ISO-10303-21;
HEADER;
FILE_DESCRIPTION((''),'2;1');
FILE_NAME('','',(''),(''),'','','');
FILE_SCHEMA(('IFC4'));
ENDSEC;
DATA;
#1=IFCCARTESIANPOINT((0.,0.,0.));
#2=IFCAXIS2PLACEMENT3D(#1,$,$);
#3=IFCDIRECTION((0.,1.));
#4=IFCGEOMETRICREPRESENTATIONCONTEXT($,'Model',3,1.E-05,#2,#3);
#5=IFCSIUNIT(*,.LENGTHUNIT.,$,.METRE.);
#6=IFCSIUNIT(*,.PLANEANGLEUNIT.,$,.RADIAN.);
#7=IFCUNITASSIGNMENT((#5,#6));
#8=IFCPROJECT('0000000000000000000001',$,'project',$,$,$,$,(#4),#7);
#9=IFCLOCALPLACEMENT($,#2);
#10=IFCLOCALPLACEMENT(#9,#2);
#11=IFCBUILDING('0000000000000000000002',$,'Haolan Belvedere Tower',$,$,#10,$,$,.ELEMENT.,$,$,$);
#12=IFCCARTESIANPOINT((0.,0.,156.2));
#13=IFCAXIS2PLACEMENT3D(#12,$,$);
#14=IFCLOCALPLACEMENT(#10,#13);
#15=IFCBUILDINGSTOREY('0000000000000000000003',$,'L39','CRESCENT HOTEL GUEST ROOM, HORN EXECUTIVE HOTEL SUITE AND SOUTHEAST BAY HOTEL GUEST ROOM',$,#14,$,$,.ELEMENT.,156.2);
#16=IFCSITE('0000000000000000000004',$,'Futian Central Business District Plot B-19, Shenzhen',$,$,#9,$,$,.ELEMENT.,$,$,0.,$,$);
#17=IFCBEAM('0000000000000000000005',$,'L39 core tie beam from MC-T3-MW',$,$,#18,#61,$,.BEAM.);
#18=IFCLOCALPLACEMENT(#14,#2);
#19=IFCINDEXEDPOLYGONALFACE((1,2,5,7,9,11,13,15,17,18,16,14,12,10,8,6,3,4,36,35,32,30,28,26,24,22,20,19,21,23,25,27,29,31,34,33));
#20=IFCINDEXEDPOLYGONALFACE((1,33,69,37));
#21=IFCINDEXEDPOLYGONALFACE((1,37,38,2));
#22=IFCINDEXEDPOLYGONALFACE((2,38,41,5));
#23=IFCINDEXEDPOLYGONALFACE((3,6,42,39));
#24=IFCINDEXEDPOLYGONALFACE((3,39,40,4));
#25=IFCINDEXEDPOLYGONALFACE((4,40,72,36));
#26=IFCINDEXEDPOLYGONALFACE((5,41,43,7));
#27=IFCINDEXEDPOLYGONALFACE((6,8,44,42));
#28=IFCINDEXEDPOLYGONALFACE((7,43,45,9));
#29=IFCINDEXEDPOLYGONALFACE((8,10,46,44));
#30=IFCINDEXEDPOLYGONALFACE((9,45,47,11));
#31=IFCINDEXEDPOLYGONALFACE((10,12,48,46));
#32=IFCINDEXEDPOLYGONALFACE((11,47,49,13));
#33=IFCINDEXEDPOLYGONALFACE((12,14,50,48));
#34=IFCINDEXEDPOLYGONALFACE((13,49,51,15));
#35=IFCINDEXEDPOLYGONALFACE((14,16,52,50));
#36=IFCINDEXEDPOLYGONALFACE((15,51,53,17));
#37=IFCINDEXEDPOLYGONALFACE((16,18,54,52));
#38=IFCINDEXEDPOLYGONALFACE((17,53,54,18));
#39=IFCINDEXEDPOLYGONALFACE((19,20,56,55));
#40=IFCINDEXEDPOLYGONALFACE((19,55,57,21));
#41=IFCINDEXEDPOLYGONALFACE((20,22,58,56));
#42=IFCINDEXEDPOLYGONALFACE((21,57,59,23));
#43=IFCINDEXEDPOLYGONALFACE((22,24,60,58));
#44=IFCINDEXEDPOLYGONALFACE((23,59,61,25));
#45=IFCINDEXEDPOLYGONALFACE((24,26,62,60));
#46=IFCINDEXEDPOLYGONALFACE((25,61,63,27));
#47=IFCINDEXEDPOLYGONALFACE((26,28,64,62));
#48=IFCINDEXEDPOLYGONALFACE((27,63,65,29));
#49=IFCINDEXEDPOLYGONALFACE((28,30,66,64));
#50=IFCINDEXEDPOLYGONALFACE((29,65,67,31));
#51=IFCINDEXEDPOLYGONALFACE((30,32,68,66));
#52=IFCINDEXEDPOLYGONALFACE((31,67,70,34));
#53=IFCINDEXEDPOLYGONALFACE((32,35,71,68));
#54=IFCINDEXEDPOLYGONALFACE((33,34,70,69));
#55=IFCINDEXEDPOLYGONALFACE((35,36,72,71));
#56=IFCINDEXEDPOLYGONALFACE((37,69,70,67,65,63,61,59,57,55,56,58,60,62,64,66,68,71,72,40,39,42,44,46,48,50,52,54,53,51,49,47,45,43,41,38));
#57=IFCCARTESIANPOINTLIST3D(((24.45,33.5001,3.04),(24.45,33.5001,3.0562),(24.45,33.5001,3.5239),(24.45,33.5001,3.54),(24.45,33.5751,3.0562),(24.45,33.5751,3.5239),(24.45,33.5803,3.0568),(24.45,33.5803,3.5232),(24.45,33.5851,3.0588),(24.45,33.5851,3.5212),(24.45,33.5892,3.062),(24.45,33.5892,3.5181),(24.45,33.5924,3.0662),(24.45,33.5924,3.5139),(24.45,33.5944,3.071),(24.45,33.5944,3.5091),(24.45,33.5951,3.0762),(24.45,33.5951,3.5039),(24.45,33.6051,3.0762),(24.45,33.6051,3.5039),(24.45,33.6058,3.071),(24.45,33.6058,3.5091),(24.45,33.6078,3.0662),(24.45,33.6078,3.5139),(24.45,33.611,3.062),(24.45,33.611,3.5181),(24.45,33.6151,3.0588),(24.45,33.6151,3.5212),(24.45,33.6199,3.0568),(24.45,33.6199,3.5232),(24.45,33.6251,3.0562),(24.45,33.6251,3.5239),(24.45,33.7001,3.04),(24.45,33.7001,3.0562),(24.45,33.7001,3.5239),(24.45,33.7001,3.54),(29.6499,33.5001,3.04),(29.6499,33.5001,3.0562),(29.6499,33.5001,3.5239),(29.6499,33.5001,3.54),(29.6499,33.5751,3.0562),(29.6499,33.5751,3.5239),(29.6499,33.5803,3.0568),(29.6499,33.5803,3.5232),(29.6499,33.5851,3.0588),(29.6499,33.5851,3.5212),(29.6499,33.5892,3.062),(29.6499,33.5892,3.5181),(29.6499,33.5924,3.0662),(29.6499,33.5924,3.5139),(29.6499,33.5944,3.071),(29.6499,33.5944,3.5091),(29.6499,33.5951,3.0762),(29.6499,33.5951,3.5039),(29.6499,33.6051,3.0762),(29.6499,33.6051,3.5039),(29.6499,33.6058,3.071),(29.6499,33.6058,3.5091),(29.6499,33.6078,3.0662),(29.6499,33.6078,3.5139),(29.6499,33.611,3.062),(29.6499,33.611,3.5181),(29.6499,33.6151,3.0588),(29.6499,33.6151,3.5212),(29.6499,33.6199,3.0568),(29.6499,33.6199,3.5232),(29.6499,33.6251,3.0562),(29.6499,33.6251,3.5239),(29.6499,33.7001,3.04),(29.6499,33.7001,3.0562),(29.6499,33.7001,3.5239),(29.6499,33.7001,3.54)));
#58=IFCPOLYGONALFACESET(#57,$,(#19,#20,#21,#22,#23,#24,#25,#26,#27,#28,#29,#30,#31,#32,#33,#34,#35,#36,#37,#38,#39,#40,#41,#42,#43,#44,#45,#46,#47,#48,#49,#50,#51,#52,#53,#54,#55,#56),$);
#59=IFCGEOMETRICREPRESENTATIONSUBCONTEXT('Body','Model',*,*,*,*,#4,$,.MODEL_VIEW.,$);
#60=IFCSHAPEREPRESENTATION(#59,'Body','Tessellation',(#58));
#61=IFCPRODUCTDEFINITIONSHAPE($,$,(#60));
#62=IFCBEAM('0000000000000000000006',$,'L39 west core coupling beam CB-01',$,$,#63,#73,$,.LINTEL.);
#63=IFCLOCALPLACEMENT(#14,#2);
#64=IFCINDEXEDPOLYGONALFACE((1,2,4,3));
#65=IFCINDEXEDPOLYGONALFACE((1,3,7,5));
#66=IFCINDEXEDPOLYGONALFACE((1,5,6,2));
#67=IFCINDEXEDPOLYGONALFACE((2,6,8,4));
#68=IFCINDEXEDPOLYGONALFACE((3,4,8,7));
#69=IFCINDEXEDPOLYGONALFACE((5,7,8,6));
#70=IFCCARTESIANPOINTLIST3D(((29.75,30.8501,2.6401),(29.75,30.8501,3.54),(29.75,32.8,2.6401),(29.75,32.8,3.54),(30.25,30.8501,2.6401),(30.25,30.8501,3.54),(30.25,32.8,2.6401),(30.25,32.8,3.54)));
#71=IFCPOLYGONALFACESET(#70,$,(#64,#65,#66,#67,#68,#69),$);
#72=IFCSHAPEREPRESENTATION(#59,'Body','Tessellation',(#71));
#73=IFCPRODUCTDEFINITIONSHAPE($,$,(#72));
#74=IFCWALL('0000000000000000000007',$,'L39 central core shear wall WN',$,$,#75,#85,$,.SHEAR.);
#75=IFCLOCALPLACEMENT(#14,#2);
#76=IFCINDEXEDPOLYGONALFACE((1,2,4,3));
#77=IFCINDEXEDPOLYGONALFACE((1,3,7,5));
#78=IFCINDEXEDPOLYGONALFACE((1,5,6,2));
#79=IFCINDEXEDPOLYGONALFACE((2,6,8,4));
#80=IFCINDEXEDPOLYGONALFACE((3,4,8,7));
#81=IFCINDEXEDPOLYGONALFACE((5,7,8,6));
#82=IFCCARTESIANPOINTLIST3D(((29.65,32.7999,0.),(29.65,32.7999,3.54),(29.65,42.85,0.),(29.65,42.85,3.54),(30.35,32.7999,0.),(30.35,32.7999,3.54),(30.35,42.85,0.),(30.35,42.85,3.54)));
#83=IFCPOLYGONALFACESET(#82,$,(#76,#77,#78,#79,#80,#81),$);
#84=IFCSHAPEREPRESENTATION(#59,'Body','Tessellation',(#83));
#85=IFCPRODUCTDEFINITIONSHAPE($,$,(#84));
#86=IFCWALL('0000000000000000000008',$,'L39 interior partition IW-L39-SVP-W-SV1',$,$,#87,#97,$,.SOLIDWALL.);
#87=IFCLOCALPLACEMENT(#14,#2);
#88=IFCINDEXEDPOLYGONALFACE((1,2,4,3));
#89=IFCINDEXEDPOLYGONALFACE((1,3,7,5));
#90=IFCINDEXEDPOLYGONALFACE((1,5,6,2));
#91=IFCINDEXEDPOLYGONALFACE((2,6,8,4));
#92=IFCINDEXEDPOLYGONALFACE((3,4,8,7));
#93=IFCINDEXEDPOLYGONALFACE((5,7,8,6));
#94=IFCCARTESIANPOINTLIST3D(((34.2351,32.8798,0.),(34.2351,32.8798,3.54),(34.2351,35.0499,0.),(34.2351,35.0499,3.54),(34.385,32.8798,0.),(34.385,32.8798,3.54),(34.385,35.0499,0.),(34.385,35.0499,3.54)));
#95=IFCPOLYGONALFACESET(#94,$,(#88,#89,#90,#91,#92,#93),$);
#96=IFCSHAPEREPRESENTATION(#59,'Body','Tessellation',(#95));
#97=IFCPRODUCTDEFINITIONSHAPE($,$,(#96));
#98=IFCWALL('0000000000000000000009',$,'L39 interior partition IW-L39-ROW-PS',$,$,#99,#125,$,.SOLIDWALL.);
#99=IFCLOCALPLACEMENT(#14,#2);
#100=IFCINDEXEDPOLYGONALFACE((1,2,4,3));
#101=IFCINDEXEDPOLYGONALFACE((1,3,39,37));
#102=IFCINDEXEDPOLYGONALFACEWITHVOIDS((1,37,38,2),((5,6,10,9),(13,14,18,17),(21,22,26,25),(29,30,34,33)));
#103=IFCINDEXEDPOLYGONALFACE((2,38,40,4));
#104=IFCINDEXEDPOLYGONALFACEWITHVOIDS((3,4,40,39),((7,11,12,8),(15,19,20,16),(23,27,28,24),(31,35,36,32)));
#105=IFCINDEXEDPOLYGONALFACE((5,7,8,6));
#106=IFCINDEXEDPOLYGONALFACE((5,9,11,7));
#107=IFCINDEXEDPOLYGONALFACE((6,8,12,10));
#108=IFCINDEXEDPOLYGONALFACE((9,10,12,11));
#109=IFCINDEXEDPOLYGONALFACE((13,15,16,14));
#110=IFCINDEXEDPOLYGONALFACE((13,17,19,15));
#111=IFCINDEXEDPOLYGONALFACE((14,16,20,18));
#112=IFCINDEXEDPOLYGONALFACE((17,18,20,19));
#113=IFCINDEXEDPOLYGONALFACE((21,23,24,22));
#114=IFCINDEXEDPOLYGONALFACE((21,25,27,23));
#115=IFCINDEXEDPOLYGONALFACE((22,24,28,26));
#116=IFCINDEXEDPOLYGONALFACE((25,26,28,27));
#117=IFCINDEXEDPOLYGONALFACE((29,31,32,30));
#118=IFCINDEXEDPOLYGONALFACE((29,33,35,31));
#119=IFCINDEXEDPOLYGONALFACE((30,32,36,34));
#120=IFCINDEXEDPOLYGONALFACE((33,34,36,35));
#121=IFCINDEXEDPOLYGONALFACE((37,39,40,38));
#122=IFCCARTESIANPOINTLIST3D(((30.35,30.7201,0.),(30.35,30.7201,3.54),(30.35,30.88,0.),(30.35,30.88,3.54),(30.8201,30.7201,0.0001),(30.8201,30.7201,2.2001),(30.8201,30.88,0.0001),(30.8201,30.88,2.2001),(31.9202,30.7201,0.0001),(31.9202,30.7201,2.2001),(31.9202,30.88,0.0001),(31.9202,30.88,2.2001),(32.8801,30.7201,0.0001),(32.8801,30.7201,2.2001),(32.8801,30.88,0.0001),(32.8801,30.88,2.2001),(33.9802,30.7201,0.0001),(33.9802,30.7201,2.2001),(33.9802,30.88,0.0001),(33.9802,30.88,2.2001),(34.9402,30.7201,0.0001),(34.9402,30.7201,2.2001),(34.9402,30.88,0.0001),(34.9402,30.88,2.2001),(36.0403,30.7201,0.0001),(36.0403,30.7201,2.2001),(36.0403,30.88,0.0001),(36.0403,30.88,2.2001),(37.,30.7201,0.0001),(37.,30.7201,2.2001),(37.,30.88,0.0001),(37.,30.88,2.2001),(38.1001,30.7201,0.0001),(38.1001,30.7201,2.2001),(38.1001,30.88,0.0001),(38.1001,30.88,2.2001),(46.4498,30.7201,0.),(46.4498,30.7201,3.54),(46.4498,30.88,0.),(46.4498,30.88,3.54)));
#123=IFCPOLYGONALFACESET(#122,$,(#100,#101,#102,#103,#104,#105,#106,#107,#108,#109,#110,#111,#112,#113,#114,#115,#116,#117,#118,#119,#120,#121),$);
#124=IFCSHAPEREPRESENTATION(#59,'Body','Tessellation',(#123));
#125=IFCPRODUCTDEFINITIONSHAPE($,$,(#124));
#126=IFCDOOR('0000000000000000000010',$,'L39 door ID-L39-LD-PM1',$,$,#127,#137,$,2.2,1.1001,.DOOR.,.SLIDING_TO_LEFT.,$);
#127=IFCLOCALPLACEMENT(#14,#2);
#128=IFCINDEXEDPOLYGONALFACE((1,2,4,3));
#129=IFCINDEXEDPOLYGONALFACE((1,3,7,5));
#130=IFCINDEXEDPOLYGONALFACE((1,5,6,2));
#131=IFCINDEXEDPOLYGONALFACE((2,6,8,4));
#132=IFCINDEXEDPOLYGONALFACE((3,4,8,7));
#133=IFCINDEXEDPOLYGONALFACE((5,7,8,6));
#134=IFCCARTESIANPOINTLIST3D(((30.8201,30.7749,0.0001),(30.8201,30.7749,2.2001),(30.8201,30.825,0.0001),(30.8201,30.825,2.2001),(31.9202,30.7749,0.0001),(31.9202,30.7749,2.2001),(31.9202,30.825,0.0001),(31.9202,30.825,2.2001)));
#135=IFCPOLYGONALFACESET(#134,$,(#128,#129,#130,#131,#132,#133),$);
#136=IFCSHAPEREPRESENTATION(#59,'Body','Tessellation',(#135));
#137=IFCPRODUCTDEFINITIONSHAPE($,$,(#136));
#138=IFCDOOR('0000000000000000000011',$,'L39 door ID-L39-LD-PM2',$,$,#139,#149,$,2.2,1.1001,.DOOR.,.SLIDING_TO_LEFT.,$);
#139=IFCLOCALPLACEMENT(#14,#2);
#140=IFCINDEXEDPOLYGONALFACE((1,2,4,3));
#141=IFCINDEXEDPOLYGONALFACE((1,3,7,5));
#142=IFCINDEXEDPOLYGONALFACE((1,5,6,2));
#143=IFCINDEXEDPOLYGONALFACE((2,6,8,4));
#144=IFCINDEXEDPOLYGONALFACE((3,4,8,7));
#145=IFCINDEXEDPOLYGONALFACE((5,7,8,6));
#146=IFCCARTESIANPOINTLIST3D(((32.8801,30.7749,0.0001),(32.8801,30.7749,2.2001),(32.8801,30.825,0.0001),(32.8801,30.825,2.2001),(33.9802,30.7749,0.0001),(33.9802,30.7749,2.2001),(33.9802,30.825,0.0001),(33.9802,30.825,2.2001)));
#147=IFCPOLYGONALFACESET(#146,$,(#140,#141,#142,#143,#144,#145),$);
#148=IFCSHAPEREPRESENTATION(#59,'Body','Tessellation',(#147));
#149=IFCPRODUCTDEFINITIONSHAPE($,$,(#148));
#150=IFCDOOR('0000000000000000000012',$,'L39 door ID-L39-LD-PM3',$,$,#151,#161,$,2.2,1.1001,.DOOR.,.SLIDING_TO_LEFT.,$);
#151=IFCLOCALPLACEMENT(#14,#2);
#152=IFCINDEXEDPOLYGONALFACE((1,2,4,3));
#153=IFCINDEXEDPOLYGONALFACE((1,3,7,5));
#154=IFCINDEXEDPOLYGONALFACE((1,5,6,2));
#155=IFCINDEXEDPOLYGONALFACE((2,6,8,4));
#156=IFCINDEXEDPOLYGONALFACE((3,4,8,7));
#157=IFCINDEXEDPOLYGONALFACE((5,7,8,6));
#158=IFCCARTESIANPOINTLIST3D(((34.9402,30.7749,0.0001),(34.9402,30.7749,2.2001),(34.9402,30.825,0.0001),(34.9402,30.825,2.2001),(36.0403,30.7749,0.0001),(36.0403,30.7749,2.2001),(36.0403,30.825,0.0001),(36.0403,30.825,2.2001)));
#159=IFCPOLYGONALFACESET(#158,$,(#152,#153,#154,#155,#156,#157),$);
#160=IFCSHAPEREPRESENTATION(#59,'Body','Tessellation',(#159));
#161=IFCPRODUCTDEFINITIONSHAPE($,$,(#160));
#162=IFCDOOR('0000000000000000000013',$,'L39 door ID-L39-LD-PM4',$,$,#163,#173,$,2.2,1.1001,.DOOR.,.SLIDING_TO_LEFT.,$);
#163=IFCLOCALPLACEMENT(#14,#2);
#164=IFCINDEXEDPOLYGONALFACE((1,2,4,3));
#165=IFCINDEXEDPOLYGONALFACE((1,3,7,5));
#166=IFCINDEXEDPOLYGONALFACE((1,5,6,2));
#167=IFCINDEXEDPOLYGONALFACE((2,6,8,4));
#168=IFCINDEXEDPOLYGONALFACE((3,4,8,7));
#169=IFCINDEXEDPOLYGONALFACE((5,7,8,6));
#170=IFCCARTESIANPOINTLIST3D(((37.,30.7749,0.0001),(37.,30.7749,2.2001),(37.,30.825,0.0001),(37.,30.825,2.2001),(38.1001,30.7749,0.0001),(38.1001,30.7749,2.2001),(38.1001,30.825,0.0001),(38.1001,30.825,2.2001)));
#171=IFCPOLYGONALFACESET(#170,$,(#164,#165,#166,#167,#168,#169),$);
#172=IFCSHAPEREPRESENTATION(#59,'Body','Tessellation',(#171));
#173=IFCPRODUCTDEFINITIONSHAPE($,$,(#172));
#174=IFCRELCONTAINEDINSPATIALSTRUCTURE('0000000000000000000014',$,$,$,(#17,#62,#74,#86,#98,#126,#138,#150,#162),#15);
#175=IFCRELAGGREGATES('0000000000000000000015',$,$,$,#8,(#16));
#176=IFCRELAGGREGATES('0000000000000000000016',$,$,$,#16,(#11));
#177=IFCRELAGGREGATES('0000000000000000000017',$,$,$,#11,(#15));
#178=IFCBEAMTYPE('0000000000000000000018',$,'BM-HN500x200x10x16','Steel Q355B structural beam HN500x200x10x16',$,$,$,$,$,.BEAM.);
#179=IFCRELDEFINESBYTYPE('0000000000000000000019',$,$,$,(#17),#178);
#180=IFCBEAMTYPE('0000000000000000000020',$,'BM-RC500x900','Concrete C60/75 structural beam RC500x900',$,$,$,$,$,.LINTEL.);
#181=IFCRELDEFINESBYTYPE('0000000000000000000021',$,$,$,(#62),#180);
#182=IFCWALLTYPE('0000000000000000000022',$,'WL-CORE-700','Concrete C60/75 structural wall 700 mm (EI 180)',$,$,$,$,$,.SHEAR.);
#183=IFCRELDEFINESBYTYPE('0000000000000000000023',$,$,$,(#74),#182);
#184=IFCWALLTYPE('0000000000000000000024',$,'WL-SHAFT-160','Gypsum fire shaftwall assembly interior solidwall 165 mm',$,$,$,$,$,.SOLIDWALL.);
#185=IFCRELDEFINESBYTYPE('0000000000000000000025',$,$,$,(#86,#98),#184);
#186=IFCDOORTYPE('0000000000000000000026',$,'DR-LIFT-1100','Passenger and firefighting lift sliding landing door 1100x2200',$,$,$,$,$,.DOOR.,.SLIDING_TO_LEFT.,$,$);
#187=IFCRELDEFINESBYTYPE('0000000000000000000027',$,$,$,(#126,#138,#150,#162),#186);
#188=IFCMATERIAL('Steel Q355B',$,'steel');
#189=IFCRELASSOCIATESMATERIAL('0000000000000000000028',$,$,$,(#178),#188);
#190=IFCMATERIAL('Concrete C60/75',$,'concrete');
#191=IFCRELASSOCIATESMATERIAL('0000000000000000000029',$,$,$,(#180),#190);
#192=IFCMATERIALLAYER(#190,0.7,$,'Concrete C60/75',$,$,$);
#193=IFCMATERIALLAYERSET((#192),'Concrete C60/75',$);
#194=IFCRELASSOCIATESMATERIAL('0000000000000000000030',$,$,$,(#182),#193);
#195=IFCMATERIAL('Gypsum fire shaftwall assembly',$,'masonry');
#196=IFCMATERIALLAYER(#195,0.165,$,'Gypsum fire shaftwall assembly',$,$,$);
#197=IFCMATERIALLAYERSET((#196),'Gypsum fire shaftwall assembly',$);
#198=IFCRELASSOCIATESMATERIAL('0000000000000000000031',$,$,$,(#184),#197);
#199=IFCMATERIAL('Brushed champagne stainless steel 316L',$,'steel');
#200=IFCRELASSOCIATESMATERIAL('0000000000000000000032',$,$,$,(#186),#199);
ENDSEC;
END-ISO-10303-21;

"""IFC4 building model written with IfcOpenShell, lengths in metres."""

from ifc_helpers import new_model, si_unit, direction, frame, frame_2d, origin, origin_2d, place, context, subcontext, project, spatial, rectangle, i_section, extrude, material, layer, layer_set, material_profile, profile_set, type_object, element, fill, save


model = new_model("IFC4")

# Units and contexts
model_context = context("Model", 3, precision=1e-05, world=origin(), true_north=direction((0.0, 1.0)))
body_context = subcontext(model_context, "Body", "Model", "MODEL_VIEW")
ifc_project = project(units=[si_unit("LENGTHUNIT", "METRE"), si_unit("PLANEANGLEUNIT", "RADIAN")], contexts=[model_context])

# Site, building, storey
site_placement = place(None, origin())
site = spatial("IfcSite", under=ifc_project, at=site_placement, Name="Futian Central Business District Plot B-19, Shenzhen", CompositionType="ELEMENT", RefElevation=0.0)
building_placement = place(site_placement, origin())
building = spatial("IfcBuilding", under=site, at=building_placement, Name="Haolan Belvedere Tower", CompositionType="ELEMENT")
storey_placement = place(building_placement, frame((0.0, 0.0, 156.2)))
storey = spatial("IfcBuildingStorey", under=building, at=storey_placement, Name="L39", Description="CRESCENT HOTEL GUEST ROOM, HORN EXECUTIVE HOTEL SUITE AND SOUTHEAST BAY HOTEL GUEST ROOM", CompositionType="ELEMENT", Elevation=156.2)

# Beams
ifc_material_1 = material(Name="Steel Q355B", Category="steel")
ifc_material_profile_1 = material_profile(ifc_material_1, i_section(OverallWidth=0.2, OverallDepth=0.5, WebThickness=0.01, FlangeThickness=0.0161, FilletRadius=0.02, at=origin_2d()), Name="Steel Q355B")
ifc_profile_set_1 = profile_set([ifc_material_profile_1], Name="Steel Q355B")
beam_type_1 = type_object("IfcBeamType", Name="BM-HN500x200x10x16", Description="Steel Q355B structural beam HN500x200x10x16", PredefinedType="BEAM", material=ifc_profile_set_1)
beam_1_placement = place(storey_placement, frame((24.45, 33.6001, 3.29), z_axis=(1.0, 0.0, 0.0), x_axis=(0.0, 1.0, 0.0)))
element("IfcBeam", 1, at=beam_1_placement, inside=storey, type_object=beam_type_1, Name="L39 core tie beam from MC-T3-MW", PredefinedType="BEAM", context=body_context, shape_type="SweptSolid", body=[
    extrude(i_section(OverallWidth=0.2, OverallDepth=0.5, WebThickness=0.01, FlangeThickness=0.0161, FilletRadius=0.02, at=origin_2d()), origin(), (0.0, 0.0, 1.0), 5.2),
])
ifc_material_2 = material(Name="Concrete C60/75", Category="concrete")
ifc_material_profile_2 = material_profile(ifc_material_2, rectangle(XDim=0.5, YDim=0.8999, at=origin_2d()), Name="Concrete C60/75")
ifc_profile_set_2 = profile_set([ifc_material_profile_2], Name="Concrete C60/75")
beam_type_2 = type_object("IfcBeamType", Name="BM-RC500x900", Description="Concrete C60/75 structural beam RC500x900", PredefinedType="LINTEL", material=ifc_profile_set_2)
beam_2_placement = place(storey_placement, frame((30.0, 30.8501, 3.0901), z_axis=(0.0, 1.0, 0.0), x_axis=(-1.0, 0.0, 0.0)))
element("IfcBeam", 2, at=beam_2_placement, inside=storey, type_object=beam_type_2, Name="L39 west core coupling beam CB-01", PredefinedType="LINTEL", context=body_context, shape_type="SweptSolid", body=[
    extrude(rectangle(XDim=0.5, YDim=0.8999, at=origin_2d()), origin(), (0.0, 0.0, 1.0), 1.95),
])

# Wall
ifc_layer_1 = layer(ifc_material_2, 0.7, Name="Concrete C60/75")
ifc_layer_set_1 = layer_set([ifc_layer_1], Name="Concrete C60/75")
wall_type_1 = type_object("IfcWallType", Name="WL-CORE-700", Description="Concrete C60/75 structural wall 700 mm (EI 180)", PredefinedType="SHEAR", material=ifc_layer_set_1)
wall_1_placement = place(storey_placement, frame((30.0, 32.8, 0.0), z_axis=(0.0, 0.0, 1.0), x_axis=(0.0, 1.0, 0.0)))
element("IfcWall", 3, at=wall_1_placement, inside=storey, type_object=wall_type_1, Name="L39 central core shear wall WN", PredefinedType="SHEAR", context=body_context, shape_type="SweptSolid", body=[
    extrude(rectangle(XDim=10.05, YDim=0.7, at=frame_2d((5.0249, 0.0))), origin(), (0.0, 0.0, 1.0), 3.54),
])

# Wall
ifc_material_3 = material(Name="Gypsum fire shaftwall assembly", Category="masonry")
ifc_layer_2 = layer(ifc_material_3, 0.165, Name="Gypsum fire shaftwall assembly")
ifc_layer_set_2 = layer_set([ifc_layer_2], Name="Gypsum fire shaftwall assembly")
wall_type_2 = type_object("IfcWallType", Name="WL-SHAFT-160", Description="Gypsum fire shaftwall assembly interior solidwall 165 mm", PredefinedType="SOLIDWALL", material=ifc_layer_set_2)
wall_2_placement = place(storey_placement, frame((34.3101, 32.8799, 0.0), z_axis=(0.0, 0.0, 1.0), x_axis=(0.0, 1.0, 0.0)))
element("IfcWall", 4, at=wall_2_placement, inside=storey, type_object=wall_type_2, Name="L39 interior partition IW-L39-SVP-W-SV1", PredefinedType="SOLIDWALL", context=body_context, shape_type="SweptSolid", body=[
    extrude(rectangle(XDim=2.1702, YDim=0.1499, at=frame_2d((1.085, 0.0))), origin(), (0.0, 0.0, 1.0), 3.54),
])

# Wall, openings, doors
wall_3_placement = place(storey_placement, frame((30.3501, 30.8, 0.0), z_axis=(0.0, 0.0, 1.0), x_axis=(1.0, 0.0, 0.0)))
wall_3 = element("IfcWall", 5, at=wall_3_placement, inside=storey, type_object=wall_type_2, Name="L39 interior partition IW-L39-ROW-PS", PredefinedType="SOLIDWALL", context=body_context, shape_type="SweptSolid", body=[
    extrude(rectangle(XDim=16.0999, YDim=0.1599, at=frame_2d((8.0498, 0.0))), origin(), (0.0, 0.0, 1.0), 3.54),
])
opening_1_placement = place(wall_3_placement, frame((0.47, 0.0, 0.0)))
opening_1 = element("IfcOpeningElement", 6, at=opening_1_placement, cuts=wall_3, PredefinedType="OPENING", context=body_context, shape_type="SweptSolid", body=[
    extrude(rectangle(XDim=1.1001, YDim=2.2, at=frame_2d((0.55, 1.1001))), frame((0.0, 0.0898, 0.0), z_axis=(0.0, -1.0, 0.0), x_axis=(1.0, 0.0, 0.0)), (0.0, 0.0, 1.0), 0.1799),
])
opening_2_placement = place(wall_3_placement, frame((2.53, 0.0, 0.0)))
opening_2 = element("IfcOpeningElement", 7, at=opening_2_placement, cuts=wall_3, PredefinedType="OPENING", context=body_context, shape_type="SweptSolid", body=[
    extrude(rectangle(XDim=1.1001, YDim=2.2, at=frame_2d((0.55, 1.1001))), frame((0.0, 0.0898, 0.0), z_axis=(0.0, -1.0, 0.0), x_axis=(1.0, 0.0, 0.0)), (0.0, 0.0, 1.0), 0.1799),
])
opening_3_placement = place(wall_3_placement, frame((4.5901, 0.0, 0.0)))
opening_3 = element("IfcOpeningElement", 8, at=opening_3_placement, cuts=wall_3, PredefinedType="OPENING", context=body_context, shape_type="SweptSolid", body=[
    extrude(rectangle(XDim=1.1001, YDim=2.2, at=frame_2d((0.55, 1.1001))), frame((0.0, 0.0898, 0.0), z_axis=(0.0, -1.0, 0.0), x_axis=(1.0, 0.0, 0.0)), (0.0, 0.0, 1.0), 0.1799),
])
opening_4_placement = place(wall_3_placement, frame((6.6499, 0.0, 0.0)))
opening_4 = element("IfcOpeningElement", 9, at=opening_4_placement, cuts=wall_3, PredefinedType="OPENING", context=body_context, shape_type="SweptSolid", body=[
    extrude(rectangle(XDim=1.1001, YDim=2.2, at=frame_2d((0.55, 1.1001))), frame((0.0, 0.0898, 0.0), z_axis=(0.0, -1.0, 0.0), x_axis=(1.0, 0.0, 0.0)), (0.0, 0.0, 1.0), 0.1799),
])
ifc_material_4 = material(Name="Brushed champagne stainless steel 316L", Category="steel")
door_type_1 = type_object("IfcDoorType", Name="DR-LIFT-1100", Description="Passenger and firefighting lift sliding landing door 1100x2200", OperationType="SLIDING_TO_LEFT", PredefinedType="DOOR", material=ifc_material_4)
door_1_placement = place(opening_1_placement, origin())
door_1 = element("IfcDoor", 10, at=door_1_placement, inside=storey, type_object=door_type_1, Name="L39 door ID-L39-LD-PM1", OperationType="SLIDING_TO_LEFT", OverallHeight=2.2, OverallWidth=1.1001, PredefinedType="DOOR", context=body_context, shape_type="SweptSolid", body=[
    extrude(rectangle(XDim=1.1001, YDim=2.2, at=frame_2d((0.55, 1.1001))), frame((0.0, 0.0249, 0.0), z_axis=(0.0, -1.0, 0.0), x_axis=(1.0, 0.0, 0.0)), (0.0, 0.0, 1.0), 0.05),
])
fill(opening_1, door_1)
door_2_placement = place(opening_2_placement, origin())
door_2 = element("IfcDoor", 11, at=door_2_placement, inside=storey, type_object=door_type_1, Name="L39 door ID-L39-LD-PM2", OperationType="SLIDING_TO_LEFT", OverallHeight=2.2, OverallWidth=1.1001, PredefinedType="DOOR", context=body_context, shape_type="SweptSolid", body=[
    extrude(rectangle(XDim=1.1001, YDim=2.2, at=frame_2d((0.55, 1.1001))), frame((0.0, 0.0249, 0.0), z_axis=(0.0, -1.0, 0.0), x_axis=(1.0, 0.0, 0.0)), (0.0, 0.0, 1.0), 0.05),
])
fill(opening_2, door_2)
door_3_placement = place(opening_3_placement, origin())
door_3 = element("IfcDoor", 12, at=door_3_placement, inside=storey, type_object=door_type_1, Name="L39 door ID-L39-LD-PM3", OperationType="SLIDING_TO_LEFT", OverallHeight=2.2, OverallWidth=1.1001, PredefinedType="DOOR", context=body_context, shape_type="SweptSolid", body=[
    extrude(rectangle(XDim=1.1001, YDim=2.2, at=frame_2d((0.55, 1.1001))), frame((0.0, 0.0249, 0.0), z_axis=(0.0, -1.0, 0.0), x_axis=(1.0, 0.0, 0.0)), (0.0, 0.0, 1.0), 0.05),
])
fill(opening_3, door_3)
door_4_placement = place(opening_4_placement, origin())
door_4 = element("IfcDoor", 13, at=door_4_placement, inside=storey, type_object=door_type_1, Name="L39 door ID-L39-LD-PM4", OperationType="SLIDING_TO_LEFT", OverallHeight=2.2, OverallWidth=1.1001, PredefinedType="DOOR", context=body_context, shape_type="SweptSolid", body=[
    extrude(rectangle(XDim=1.1001, YDim=2.2, at=frame_2d((0.55, 1.1001))), frame((0.0, 0.0249, 0.0), z_axis=(0.0, -1.0, 0.0), x_axis=(1.0, 0.0, 0.0)), (0.0, 0.0, 1.0), 0.05),
])
fill(opening_4, door_4)

save(model, "model.ifc")
